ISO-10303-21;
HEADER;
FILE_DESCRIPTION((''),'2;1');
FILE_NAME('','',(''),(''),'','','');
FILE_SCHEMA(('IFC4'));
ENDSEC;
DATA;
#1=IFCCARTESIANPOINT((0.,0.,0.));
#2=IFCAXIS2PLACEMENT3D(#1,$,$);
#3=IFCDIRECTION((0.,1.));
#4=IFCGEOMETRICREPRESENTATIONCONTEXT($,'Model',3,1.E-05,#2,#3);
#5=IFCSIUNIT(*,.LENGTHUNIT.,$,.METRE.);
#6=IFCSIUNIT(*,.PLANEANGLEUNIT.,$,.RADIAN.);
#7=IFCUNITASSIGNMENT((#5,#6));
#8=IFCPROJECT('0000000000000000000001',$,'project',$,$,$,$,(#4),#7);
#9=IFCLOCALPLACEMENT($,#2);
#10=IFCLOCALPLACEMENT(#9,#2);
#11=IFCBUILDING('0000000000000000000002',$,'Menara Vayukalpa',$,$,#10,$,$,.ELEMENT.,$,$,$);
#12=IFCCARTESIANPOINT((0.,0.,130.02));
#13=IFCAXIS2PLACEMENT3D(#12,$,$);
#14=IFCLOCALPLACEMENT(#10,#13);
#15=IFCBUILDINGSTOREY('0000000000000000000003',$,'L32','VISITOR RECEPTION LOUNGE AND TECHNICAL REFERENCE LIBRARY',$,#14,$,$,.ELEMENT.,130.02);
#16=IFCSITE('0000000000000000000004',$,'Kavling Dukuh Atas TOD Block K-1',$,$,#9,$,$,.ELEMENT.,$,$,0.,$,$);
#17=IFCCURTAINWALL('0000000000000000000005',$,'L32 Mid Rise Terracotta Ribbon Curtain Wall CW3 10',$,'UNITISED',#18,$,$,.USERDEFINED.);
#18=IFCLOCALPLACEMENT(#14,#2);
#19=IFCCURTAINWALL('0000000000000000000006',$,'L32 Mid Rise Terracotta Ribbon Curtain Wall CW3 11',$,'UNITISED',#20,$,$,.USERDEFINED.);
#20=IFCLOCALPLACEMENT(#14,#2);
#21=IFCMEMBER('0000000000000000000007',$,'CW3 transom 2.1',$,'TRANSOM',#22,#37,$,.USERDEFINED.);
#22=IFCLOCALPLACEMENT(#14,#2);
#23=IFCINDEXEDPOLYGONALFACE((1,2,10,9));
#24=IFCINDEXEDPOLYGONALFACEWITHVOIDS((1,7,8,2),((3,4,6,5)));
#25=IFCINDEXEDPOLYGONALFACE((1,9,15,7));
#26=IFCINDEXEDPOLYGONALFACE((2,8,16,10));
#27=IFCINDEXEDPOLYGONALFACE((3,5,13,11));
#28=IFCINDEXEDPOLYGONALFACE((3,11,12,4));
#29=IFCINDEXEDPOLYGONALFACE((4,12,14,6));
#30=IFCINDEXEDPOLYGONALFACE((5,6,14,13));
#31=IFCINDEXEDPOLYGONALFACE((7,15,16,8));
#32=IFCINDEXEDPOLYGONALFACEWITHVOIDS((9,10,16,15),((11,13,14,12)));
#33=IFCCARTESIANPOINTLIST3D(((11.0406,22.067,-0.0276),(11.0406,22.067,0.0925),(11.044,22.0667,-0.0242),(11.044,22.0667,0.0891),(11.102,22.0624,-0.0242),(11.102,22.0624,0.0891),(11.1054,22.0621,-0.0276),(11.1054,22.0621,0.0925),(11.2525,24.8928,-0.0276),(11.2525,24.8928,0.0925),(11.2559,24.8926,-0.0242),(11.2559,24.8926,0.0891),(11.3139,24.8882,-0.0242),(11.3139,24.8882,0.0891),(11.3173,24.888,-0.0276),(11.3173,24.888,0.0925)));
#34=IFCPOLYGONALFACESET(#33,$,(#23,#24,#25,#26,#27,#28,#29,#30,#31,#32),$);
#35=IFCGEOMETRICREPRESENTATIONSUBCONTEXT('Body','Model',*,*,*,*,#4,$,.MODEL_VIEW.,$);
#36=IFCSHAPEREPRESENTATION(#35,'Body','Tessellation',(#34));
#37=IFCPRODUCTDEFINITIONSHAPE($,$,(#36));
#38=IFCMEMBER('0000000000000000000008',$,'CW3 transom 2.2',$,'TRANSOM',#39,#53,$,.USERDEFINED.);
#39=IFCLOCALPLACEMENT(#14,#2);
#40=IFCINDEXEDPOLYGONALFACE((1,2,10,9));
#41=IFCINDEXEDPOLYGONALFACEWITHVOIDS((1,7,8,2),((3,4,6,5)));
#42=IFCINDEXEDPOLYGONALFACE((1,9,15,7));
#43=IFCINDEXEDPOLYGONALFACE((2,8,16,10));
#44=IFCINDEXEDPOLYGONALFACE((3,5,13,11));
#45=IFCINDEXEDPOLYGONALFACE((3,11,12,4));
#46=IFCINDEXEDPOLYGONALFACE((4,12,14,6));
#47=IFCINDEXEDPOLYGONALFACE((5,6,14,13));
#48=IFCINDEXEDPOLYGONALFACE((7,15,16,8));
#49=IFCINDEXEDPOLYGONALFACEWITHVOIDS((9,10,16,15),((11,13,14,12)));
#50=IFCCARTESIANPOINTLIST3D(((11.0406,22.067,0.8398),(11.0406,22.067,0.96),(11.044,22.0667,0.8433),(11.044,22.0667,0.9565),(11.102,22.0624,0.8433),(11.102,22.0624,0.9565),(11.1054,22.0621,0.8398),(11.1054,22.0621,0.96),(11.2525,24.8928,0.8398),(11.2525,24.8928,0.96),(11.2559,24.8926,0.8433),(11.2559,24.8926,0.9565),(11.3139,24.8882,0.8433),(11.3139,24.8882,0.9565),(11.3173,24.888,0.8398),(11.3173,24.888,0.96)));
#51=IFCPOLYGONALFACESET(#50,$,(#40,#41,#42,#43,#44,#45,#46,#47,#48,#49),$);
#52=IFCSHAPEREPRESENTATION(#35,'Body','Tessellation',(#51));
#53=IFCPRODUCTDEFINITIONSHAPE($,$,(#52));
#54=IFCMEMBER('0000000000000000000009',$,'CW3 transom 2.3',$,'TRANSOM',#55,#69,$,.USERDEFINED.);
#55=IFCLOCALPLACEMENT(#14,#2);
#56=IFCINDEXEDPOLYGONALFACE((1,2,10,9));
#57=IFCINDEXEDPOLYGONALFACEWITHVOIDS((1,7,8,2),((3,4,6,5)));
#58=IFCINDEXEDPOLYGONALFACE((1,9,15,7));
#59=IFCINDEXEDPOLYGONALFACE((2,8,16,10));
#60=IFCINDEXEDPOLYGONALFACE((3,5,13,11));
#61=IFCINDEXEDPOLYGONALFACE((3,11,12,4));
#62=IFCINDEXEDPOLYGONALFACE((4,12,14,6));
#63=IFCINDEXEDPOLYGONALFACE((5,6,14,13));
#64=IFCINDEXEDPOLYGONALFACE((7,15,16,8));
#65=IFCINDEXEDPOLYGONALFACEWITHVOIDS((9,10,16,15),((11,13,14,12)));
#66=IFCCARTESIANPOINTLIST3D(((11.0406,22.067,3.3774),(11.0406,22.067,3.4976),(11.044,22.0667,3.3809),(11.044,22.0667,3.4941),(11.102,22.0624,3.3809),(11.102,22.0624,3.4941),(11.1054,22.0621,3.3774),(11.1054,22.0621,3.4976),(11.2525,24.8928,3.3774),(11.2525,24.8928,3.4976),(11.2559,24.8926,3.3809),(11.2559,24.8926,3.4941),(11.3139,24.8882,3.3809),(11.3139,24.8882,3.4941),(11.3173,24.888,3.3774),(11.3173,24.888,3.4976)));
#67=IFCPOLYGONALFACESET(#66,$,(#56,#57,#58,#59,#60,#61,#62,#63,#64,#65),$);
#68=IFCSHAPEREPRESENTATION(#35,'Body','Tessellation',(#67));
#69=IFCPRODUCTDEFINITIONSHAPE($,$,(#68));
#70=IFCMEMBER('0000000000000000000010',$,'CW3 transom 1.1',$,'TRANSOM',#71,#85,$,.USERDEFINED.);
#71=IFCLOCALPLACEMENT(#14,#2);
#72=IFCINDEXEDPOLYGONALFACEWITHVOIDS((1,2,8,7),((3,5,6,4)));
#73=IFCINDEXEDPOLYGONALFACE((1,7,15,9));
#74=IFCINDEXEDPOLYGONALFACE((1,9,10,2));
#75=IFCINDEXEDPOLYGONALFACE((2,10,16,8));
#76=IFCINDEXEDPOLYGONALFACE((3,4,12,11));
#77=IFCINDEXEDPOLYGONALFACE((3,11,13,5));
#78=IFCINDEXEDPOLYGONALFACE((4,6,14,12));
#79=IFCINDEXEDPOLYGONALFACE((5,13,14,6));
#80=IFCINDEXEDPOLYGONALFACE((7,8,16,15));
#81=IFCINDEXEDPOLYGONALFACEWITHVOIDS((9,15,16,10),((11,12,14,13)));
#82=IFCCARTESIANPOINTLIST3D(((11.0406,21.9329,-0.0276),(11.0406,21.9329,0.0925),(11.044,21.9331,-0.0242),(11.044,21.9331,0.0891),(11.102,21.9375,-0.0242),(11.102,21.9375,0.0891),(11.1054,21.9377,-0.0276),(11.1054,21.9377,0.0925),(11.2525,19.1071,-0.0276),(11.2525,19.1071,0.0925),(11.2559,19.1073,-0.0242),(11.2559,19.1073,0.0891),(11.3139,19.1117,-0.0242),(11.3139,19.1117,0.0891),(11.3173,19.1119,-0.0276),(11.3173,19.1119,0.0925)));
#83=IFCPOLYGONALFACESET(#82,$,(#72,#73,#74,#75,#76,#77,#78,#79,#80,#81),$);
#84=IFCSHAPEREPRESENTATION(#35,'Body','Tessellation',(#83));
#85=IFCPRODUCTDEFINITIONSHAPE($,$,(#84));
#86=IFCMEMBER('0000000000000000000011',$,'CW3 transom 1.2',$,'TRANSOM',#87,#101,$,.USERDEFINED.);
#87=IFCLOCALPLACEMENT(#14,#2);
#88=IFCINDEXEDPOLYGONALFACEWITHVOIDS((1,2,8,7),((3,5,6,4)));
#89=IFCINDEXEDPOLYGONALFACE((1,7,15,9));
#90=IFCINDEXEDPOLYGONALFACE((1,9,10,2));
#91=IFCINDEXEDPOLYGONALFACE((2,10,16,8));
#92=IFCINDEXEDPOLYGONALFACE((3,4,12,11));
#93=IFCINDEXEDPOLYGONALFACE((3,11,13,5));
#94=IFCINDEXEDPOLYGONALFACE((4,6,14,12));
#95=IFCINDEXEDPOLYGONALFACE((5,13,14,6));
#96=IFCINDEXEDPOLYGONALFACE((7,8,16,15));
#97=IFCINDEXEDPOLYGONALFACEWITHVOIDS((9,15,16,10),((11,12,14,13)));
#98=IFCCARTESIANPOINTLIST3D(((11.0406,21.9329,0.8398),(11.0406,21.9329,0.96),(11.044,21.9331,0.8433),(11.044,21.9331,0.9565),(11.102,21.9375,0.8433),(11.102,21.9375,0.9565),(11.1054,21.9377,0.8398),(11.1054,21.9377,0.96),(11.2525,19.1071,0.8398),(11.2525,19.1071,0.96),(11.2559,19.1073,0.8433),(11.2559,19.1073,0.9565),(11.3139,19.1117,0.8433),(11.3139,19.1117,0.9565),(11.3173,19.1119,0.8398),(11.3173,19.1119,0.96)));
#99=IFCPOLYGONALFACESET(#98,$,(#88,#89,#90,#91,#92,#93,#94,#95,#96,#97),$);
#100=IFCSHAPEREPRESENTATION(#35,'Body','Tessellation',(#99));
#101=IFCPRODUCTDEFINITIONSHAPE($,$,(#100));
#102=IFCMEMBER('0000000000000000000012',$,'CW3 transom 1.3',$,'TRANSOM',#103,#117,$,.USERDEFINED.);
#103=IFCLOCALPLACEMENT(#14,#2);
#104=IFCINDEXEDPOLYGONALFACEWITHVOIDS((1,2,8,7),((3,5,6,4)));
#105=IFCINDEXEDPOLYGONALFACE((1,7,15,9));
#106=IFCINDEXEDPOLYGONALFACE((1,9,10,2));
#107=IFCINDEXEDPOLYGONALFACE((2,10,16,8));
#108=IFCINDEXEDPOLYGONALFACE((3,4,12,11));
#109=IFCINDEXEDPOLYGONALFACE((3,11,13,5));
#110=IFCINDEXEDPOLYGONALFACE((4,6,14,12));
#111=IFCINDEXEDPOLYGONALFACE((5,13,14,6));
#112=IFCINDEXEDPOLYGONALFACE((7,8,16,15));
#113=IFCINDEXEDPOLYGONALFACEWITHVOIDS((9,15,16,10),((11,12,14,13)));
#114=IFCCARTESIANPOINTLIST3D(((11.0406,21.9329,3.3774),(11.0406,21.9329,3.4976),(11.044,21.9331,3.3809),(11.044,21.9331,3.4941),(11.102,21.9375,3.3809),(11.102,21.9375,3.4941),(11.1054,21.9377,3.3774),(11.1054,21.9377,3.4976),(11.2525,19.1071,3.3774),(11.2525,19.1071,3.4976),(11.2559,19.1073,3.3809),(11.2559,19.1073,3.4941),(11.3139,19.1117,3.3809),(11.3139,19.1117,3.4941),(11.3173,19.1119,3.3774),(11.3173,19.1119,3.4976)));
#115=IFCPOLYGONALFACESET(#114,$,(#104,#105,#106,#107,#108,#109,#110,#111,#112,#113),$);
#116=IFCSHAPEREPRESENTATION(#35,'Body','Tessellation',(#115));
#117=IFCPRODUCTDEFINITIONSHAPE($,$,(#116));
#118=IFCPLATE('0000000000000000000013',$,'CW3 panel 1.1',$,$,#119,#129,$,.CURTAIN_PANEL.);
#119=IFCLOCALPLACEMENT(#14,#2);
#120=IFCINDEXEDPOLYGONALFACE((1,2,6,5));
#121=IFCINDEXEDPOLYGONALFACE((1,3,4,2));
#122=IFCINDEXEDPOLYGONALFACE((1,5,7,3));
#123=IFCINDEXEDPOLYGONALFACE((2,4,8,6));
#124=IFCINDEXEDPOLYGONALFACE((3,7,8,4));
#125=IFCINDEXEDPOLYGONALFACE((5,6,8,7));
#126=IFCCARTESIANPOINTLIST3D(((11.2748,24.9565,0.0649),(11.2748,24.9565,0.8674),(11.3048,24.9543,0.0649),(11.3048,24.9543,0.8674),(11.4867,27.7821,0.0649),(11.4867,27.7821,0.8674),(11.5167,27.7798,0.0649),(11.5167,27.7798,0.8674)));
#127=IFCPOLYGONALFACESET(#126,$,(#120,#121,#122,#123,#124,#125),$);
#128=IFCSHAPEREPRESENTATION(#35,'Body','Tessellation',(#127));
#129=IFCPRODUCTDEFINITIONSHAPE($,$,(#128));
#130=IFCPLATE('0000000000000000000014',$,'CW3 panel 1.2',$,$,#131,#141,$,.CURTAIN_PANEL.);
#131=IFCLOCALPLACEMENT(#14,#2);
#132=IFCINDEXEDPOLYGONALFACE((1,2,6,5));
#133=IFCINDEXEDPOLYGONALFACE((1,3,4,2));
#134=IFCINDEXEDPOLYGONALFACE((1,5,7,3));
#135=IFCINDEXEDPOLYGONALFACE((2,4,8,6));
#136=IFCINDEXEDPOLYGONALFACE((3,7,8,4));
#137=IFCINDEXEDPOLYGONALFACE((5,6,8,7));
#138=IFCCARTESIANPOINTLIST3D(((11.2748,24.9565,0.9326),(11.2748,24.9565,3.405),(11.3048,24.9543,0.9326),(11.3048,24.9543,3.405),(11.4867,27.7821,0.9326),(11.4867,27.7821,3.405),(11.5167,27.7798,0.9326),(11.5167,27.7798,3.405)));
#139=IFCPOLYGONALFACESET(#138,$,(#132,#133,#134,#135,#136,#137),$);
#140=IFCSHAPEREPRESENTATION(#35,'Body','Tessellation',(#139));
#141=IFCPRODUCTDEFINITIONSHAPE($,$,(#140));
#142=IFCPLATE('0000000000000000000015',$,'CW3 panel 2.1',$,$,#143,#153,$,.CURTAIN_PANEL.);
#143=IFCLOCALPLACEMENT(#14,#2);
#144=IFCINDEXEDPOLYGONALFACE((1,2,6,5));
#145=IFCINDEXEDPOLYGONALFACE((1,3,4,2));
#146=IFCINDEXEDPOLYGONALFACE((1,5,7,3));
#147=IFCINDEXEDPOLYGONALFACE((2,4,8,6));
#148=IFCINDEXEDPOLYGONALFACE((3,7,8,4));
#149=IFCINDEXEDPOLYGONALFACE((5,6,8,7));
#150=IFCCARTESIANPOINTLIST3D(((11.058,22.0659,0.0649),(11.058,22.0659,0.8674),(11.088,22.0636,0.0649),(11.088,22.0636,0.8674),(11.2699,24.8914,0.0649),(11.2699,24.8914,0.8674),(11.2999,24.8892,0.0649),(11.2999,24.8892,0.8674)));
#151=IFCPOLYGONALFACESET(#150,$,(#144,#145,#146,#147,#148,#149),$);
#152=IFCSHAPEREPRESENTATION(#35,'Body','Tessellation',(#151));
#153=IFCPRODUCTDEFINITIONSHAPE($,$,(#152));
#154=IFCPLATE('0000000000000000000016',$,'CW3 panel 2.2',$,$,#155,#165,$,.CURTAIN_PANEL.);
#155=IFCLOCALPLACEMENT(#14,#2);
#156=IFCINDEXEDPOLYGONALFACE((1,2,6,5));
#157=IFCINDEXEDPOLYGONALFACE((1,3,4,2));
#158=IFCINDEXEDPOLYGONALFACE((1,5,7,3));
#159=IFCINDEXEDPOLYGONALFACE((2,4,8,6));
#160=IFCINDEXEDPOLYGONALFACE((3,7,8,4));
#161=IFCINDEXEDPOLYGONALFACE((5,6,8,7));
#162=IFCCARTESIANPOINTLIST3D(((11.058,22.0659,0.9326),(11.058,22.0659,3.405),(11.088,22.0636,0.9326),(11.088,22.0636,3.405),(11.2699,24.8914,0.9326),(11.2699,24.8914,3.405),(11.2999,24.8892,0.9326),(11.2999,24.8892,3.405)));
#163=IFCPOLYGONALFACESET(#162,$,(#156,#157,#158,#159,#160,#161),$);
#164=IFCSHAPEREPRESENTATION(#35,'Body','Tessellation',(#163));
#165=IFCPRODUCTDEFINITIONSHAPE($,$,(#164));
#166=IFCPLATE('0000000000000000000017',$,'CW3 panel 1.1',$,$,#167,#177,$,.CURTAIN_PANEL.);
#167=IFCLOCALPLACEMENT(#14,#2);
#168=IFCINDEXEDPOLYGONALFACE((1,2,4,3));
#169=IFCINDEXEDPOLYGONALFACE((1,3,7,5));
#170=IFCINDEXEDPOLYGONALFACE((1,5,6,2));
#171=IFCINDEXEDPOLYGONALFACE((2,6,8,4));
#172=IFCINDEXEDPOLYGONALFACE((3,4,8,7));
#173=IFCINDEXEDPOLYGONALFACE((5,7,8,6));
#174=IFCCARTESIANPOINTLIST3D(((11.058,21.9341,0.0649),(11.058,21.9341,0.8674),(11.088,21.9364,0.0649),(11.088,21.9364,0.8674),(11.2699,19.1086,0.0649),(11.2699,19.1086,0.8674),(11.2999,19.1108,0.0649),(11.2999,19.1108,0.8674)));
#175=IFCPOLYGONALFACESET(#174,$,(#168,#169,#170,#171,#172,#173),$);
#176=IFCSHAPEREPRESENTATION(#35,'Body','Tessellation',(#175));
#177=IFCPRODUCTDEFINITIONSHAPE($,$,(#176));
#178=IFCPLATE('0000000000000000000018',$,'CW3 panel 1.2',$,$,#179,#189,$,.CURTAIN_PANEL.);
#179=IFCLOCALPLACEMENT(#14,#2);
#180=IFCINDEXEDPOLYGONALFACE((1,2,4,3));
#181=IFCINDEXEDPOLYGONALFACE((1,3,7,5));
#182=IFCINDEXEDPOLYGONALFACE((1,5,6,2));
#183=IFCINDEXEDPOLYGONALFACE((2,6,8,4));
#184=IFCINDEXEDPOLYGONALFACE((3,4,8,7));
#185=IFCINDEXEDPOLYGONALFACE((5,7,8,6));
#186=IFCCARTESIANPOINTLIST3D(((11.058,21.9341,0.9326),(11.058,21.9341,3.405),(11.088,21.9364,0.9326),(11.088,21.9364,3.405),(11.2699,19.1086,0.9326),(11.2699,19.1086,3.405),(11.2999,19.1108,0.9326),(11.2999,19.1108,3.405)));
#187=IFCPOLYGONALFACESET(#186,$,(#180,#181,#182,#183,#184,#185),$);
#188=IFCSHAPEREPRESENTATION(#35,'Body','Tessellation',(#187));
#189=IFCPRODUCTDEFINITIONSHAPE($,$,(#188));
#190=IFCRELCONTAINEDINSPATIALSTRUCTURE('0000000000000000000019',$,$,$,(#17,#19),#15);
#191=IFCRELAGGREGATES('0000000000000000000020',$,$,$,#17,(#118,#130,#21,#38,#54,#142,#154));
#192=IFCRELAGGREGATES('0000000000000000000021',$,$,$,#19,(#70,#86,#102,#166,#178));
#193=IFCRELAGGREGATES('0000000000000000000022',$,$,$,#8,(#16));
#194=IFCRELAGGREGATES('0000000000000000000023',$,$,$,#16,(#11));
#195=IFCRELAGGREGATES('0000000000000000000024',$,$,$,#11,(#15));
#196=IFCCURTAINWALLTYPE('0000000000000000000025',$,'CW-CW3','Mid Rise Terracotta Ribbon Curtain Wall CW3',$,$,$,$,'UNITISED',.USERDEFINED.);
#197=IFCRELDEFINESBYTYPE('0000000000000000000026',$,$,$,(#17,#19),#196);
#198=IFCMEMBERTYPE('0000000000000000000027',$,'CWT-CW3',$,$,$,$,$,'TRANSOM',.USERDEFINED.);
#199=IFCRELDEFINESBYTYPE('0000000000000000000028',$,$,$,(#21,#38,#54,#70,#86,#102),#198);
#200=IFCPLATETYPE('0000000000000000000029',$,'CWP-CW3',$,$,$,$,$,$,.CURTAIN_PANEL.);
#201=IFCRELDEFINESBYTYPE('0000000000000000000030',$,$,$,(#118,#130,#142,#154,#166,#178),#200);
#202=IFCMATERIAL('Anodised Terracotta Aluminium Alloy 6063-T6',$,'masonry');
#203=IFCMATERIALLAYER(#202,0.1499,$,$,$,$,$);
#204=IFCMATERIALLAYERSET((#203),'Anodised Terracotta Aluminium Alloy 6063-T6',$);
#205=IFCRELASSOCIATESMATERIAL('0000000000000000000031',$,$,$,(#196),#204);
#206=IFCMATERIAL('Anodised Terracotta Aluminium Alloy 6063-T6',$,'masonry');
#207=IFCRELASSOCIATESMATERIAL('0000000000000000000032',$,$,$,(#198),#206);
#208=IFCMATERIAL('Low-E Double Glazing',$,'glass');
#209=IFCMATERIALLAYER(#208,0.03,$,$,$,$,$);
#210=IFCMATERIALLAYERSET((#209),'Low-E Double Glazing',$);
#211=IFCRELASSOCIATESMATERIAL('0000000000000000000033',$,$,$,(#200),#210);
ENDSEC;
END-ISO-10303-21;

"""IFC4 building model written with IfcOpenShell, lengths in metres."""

from ifc_helpers import new_model, si_unit, direction, frame, origin, origin_2d, place, context, subcontext, project, spatial, rectangle, hollow_rectangle, extrude, material, layer, layer_set, material_profile, profile_set, type_object, element, aggregate, save


model = new_model("IFC4")

# Units and contexts
model_context = context("Model", 3, precision=1e-05, world=origin(), true_north=direction((0.0, 1.0)))
body_context = subcontext(model_context, "Body", "Model", "MODEL_VIEW")
ifc_project = project(units=[si_unit("LENGTHUNIT", "METRE"), si_unit("PLANEANGLEUNIT", "RADIAN")], contexts=[model_context])

# Site, building, storey
site_placement = place(None, origin())
site = spatial("IfcSite", under=ifc_project, at=site_placement, Name="Kavling Dukuh Atas TOD Block K-1", CompositionType="ELEMENT", RefElevation=0.0)
building_placement = place(site_placement, origin())
building = spatial("IfcBuilding", under=site, at=building_placement, Name="Menara Vayukalpa", CompositionType="ELEMENT")
storey_placement = place(building_placement, frame((0.0, 0.0, 130.02)))
storey = spatial("IfcBuildingStorey", under=building, at=storey_placement, Name="L32", Description="VISITOR RECEPTION LOUNGE AND TECHNICAL REFERENCE LIBRARY", CompositionType="ELEMENT", Elevation=130.02)

# Curtain wall
ifc_material_1 = material(Name="Anodised Terracotta Aluminium Alloy 6063-T6", Category="masonry")
ifc_layer_1 = layer(ifc_material_1, 0.1499)
ifc_layer_set_1 = layer_set([ifc_layer_1], Name="Anodised Terracotta Aluminium Alloy 6063-T6")
curtain_wall_type = type_object("IfcCurtainWallType", Name="CW-CW3", Description="Mid Rise Terracotta Ribbon Curtain Wall CW3", ElementType="UNITISED", PredefinedType="USERDEFINED", material=ifc_layer_set_1)
curtain_wall_1_placement = place(storey_placement, origin())
curtain_wall_1 = element("IfcCurtainWall", 1, at=curtain_wall_1_placement, inside=storey, type_object=curtain_wall_type, Name="L32 Mid Rise Terracotta Ribbon Curtain Wall CW3 10", ObjectType="UNITISED", PredefinedType="USERDEFINED")

# Curtain wall
curtain_wall_2_placement = place(storey_placement, origin())
curtain_wall_2 = element("IfcCurtainWall", 2, at=curtain_wall_2_placement, inside=storey, type_object=curtain_wall_type, Name="L32 Mid Rise Terracotta Ribbon Curtain Wall CW3 11", ObjectType="UNITISED", PredefinedType="USERDEFINED")

# Members
ifc_material_2 = material(Name="Anodised Terracotta Aluminium Alloy 6063-T6", Category="masonry")
ifc_material_profile_1 = material_profile(ifc_material_2, hollow_rectangle(XDim=0.0649, YDim=0.1201, WallThickness=0.0034, at=origin_2d()), Name="ALU 65x120x3.5")
ifc_profile_set_1 = profile_set([ifc_material_profile_1], Name="Anodised Terracotta Aluminium Alloy 6063-T6")
member_type_1 = type_object("IfcMemberType", Name="CWT-CW3", ElementType="TRANSOM", PredefinedType="USERDEFINED", material=ifc_profile_set_1)
member_1_placement = place(storey_placement, frame((11.2849, 24.8904, 0.0325), z_axis=(-0.074786, -0.9972, 0.0), x_axis=(0.9972, -0.074786, 0.0)))
member_1 = element("IfcMember", 3, at=member_1_placement, type_object=member_type_1, Name="CW3 transom 2.1", ObjectType="TRANSOM", PredefinedType="USERDEFINED", context=body_context, shape_type="SweptSolid", body=[
    extrude(hollow_rectangle(XDim=0.0649, YDim=0.1201, WallThickness=0.0034, at=origin_2d()), origin(), (0.0, 0.0, 1.0), 2.8337),
])
member_2_placement = place(storey_placement, frame((11.2849, 24.8904, 0.8999), z_axis=(-0.074786, -0.9972, 0.0), x_axis=(0.9972, -0.074786, 0.0)))
member_2 = element("IfcMember", 4, at=member_2_placement, type_object=member_type_1, Name="CW3 transom 2.2", ObjectType="TRANSOM", PredefinedType="USERDEFINED", context=body_context, shape_type="SweptSolid", body=[
    extrude(hollow_rectangle(XDim=0.0649, YDim=0.1201, WallThickness=0.0034, at=origin_2d()), origin(), (0.0, 0.0, 1.0), 2.8337),
])
member_3_placement = place(storey_placement, frame((11.2849, 24.8904, 3.4375), z_axis=(-0.074786, -0.9972, 0.0), x_axis=(0.9972, -0.074786, 0.0)))
member_3 = element("IfcMember", 5, at=member_3_placement, type_object=member_type_1, Name="CW3 transom 2.3", ObjectType="TRANSOM", PredefinedType="USERDEFINED", context=body_context, shape_type="SweptSolid", body=[
    extrude(hollow_rectangle(XDim=0.0649, YDim=0.1201, WallThickness=0.0034, at=origin_2d()), origin(), (0.0, 0.0, 1.0), 2.8337),
])
member_4_placement = place(storey_placement, frame((11.073, 21.9353, 0.0325), z_axis=(0.074786, -0.9972, 0.0), x_axis=(0.9972, 0.074786, 0.0)))
member_4 = element("IfcMember", 6, at=member_4_placement, type_object=member_type_1, Name="CW3 transom 1.1", ObjectType="TRANSOM", PredefinedType="USERDEFINED", context=body_context, shape_type="SweptSolid", body=[
    extrude(hollow_rectangle(XDim=0.0649, YDim=0.1201, WallThickness=0.0034, at=origin_2d()), origin(), (0.0, 0.0, 1.0), 2.8337),
])
member_5_placement = place(storey_placement, frame((11.073, 21.9353, 0.8999), z_axis=(0.074786, -0.9972, 0.0), x_axis=(0.9972, 0.074786, 0.0)))
member_5 = element("IfcMember", 7, at=member_5_placement, type_object=member_type_1, Name="CW3 transom 1.2", ObjectType="TRANSOM", PredefinedType="USERDEFINED", context=body_context, shape_type="SweptSolid", body=[
    extrude(hollow_rectangle(XDim=0.0649, YDim=0.1201, WallThickness=0.0034, at=origin_2d()), origin(), (0.0, 0.0, 1.0), 2.8337),
])
member_6_placement = place(storey_placement, frame((11.073, 21.9353, 3.4375), z_axis=(0.074786, -0.9972, 0.0), x_axis=(0.9972, 0.074786, 0.0)))
member_6 = element("IfcMember", 8, at=member_6_placement, type_object=member_type_1, Name="CW3 transom 1.3", ObjectType="TRANSOM", PredefinedType="USERDEFINED", context=body_context, shape_type="SweptSolid", body=[
    extrude(hollow_rectangle(XDim=0.0649, YDim=0.1201, WallThickness=0.0034, at=origin_2d()), origin(), (0.0, 0.0, 1.0), 2.8337),
])

# Plates
ifc_material_3 = material(Name="Low-E Double Glazing", Category="glass")
ifc_layer_2 = layer(ifc_material_3, 0.03)
ifc_layer_set_2 = layer_set([ifc_layer_2], Name="Low-E Double Glazing")
plate_type = type_object("IfcPlateType", Name="CWP-CW3", PredefinedType="CURTAIN_PANEL", material=ifc_layer_set_2)
plate_1_placement = place(storey_placement, frame((11.3958, 26.3682, 0.0649), z_axis=(0.0, 0.0, 1.0), x_axis=(-0.074785, -0.9972, 0.0)))
plate_1 = element("IfcPlate", 9, at=plate_1_placement, type_object=plate_type, Name="CW3 panel 1.1", PredefinedType="CURTAIN_PANEL", context=body_context, shape_type="SweptSolid", body=[
    extrude(rectangle(XDim=2.8335, YDim=0.03, at=origin_2d()), origin(), (0.0, 0.0, 1.0), 0.8025),
])
plate_2_placement = place(storey_placement, frame((11.3958, 26.3682, 0.9326), z_axis=(0.0, 0.0, 1.0), x_axis=(-0.074785, -0.9972, 0.0)))
plate_2 = element("IfcPlate", 10, at=plate_2_placement, type_object=plate_type, Name="CW3 panel 1.2", PredefinedType="CURTAIN_PANEL", context=body_context, shape_type="SweptSolid", body=[
    extrude(rectangle(XDim=2.8335, YDim=0.03, at=origin_2d()), origin(), (0.0, 0.0, 1.0), 2.4724),
])
plate_3_placement = place(storey_placement, frame((11.179, 23.4775, 0.0649), z_axis=(0.0, 0.0, 1.0), x_axis=(-0.074785, -0.9972, 0.0)))
plate_3 = element("IfcPlate", 11, at=plate_3_placement, type_object=plate_type, Name="CW3 panel 2.1", PredefinedType="CURTAIN_PANEL", context=body_context, shape_type="SweptSolid", body=[
    extrude(rectangle(XDim=2.8335, YDim=0.03, at=origin_2d()), origin(), (0.0, 0.0, 1.0), 0.8025),
])
plate_4_placement = place(storey_placement, frame((11.179, 23.4775, 0.9326), z_axis=(0.0, 0.0, 1.0), x_axis=(-0.074785, -0.9972, 0.0)))
plate_4 = element("IfcPlate", 12, at=plate_4_placement, type_object=plate_type, Name="CW3 panel 2.2", PredefinedType="CURTAIN_PANEL", context=body_context, shape_type="SweptSolid", body=[
    extrude(rectangle(XDim=2.8335, YDim=0.03, at=origin_2d()), origin(), (0.0, 0.0, 1.0), 2.4724),
])
aggregate(curtain_wall_1, [plate_1, plate_2, member_1, member_2, member_3, plate_3, plate_4])
plate_5_placement = place(storey_placement, frame((11.179, 20.5225, 0.0649), z_axis=(0.0, 0.0, 1.0), x_axis=(0.074785, -0.9972, 0.0)))
plate_5 = element("IfcPlate", 13, at=plate_5_placement, type_object=plate_type, Name="CW3 panel 1.1", PredefinedType="CURTAIN_PANEL", context=body_context, shape_type="SweptSolid", body=[
    extrude(rectangle(XDim=2.8335, YDim=0.03, at=origin_2d()), origin(), (0.0, 0.0, 1.0), 0.8025),
])
plate_6_placement = place(storey_placement, frame((11.179, 20.5225, 0.9326), z_axis=(0.0, 0.0, 1.0), x_axis=(0.074785, -0.9972, 0.0)))
plate_6 = element("IfcPlate", 14, at=plate_6_placement, type_object=plate_type, Name="CW3 panel 1.2", PredefinedType="CURTAIN_PANEL", context=body_context, shape_type="SweptSolid", body=[
    extrude(rectangle(XDim=2.8335, YDim=0.03, at=origin_2d()), origin(), (0.0, 0.0, 1.0), 2.4724),
])
aggregate(curtain_wall_2, [member_4, member_5, member_6, plate_5, plate_6])

save(model, "model.ifc")
